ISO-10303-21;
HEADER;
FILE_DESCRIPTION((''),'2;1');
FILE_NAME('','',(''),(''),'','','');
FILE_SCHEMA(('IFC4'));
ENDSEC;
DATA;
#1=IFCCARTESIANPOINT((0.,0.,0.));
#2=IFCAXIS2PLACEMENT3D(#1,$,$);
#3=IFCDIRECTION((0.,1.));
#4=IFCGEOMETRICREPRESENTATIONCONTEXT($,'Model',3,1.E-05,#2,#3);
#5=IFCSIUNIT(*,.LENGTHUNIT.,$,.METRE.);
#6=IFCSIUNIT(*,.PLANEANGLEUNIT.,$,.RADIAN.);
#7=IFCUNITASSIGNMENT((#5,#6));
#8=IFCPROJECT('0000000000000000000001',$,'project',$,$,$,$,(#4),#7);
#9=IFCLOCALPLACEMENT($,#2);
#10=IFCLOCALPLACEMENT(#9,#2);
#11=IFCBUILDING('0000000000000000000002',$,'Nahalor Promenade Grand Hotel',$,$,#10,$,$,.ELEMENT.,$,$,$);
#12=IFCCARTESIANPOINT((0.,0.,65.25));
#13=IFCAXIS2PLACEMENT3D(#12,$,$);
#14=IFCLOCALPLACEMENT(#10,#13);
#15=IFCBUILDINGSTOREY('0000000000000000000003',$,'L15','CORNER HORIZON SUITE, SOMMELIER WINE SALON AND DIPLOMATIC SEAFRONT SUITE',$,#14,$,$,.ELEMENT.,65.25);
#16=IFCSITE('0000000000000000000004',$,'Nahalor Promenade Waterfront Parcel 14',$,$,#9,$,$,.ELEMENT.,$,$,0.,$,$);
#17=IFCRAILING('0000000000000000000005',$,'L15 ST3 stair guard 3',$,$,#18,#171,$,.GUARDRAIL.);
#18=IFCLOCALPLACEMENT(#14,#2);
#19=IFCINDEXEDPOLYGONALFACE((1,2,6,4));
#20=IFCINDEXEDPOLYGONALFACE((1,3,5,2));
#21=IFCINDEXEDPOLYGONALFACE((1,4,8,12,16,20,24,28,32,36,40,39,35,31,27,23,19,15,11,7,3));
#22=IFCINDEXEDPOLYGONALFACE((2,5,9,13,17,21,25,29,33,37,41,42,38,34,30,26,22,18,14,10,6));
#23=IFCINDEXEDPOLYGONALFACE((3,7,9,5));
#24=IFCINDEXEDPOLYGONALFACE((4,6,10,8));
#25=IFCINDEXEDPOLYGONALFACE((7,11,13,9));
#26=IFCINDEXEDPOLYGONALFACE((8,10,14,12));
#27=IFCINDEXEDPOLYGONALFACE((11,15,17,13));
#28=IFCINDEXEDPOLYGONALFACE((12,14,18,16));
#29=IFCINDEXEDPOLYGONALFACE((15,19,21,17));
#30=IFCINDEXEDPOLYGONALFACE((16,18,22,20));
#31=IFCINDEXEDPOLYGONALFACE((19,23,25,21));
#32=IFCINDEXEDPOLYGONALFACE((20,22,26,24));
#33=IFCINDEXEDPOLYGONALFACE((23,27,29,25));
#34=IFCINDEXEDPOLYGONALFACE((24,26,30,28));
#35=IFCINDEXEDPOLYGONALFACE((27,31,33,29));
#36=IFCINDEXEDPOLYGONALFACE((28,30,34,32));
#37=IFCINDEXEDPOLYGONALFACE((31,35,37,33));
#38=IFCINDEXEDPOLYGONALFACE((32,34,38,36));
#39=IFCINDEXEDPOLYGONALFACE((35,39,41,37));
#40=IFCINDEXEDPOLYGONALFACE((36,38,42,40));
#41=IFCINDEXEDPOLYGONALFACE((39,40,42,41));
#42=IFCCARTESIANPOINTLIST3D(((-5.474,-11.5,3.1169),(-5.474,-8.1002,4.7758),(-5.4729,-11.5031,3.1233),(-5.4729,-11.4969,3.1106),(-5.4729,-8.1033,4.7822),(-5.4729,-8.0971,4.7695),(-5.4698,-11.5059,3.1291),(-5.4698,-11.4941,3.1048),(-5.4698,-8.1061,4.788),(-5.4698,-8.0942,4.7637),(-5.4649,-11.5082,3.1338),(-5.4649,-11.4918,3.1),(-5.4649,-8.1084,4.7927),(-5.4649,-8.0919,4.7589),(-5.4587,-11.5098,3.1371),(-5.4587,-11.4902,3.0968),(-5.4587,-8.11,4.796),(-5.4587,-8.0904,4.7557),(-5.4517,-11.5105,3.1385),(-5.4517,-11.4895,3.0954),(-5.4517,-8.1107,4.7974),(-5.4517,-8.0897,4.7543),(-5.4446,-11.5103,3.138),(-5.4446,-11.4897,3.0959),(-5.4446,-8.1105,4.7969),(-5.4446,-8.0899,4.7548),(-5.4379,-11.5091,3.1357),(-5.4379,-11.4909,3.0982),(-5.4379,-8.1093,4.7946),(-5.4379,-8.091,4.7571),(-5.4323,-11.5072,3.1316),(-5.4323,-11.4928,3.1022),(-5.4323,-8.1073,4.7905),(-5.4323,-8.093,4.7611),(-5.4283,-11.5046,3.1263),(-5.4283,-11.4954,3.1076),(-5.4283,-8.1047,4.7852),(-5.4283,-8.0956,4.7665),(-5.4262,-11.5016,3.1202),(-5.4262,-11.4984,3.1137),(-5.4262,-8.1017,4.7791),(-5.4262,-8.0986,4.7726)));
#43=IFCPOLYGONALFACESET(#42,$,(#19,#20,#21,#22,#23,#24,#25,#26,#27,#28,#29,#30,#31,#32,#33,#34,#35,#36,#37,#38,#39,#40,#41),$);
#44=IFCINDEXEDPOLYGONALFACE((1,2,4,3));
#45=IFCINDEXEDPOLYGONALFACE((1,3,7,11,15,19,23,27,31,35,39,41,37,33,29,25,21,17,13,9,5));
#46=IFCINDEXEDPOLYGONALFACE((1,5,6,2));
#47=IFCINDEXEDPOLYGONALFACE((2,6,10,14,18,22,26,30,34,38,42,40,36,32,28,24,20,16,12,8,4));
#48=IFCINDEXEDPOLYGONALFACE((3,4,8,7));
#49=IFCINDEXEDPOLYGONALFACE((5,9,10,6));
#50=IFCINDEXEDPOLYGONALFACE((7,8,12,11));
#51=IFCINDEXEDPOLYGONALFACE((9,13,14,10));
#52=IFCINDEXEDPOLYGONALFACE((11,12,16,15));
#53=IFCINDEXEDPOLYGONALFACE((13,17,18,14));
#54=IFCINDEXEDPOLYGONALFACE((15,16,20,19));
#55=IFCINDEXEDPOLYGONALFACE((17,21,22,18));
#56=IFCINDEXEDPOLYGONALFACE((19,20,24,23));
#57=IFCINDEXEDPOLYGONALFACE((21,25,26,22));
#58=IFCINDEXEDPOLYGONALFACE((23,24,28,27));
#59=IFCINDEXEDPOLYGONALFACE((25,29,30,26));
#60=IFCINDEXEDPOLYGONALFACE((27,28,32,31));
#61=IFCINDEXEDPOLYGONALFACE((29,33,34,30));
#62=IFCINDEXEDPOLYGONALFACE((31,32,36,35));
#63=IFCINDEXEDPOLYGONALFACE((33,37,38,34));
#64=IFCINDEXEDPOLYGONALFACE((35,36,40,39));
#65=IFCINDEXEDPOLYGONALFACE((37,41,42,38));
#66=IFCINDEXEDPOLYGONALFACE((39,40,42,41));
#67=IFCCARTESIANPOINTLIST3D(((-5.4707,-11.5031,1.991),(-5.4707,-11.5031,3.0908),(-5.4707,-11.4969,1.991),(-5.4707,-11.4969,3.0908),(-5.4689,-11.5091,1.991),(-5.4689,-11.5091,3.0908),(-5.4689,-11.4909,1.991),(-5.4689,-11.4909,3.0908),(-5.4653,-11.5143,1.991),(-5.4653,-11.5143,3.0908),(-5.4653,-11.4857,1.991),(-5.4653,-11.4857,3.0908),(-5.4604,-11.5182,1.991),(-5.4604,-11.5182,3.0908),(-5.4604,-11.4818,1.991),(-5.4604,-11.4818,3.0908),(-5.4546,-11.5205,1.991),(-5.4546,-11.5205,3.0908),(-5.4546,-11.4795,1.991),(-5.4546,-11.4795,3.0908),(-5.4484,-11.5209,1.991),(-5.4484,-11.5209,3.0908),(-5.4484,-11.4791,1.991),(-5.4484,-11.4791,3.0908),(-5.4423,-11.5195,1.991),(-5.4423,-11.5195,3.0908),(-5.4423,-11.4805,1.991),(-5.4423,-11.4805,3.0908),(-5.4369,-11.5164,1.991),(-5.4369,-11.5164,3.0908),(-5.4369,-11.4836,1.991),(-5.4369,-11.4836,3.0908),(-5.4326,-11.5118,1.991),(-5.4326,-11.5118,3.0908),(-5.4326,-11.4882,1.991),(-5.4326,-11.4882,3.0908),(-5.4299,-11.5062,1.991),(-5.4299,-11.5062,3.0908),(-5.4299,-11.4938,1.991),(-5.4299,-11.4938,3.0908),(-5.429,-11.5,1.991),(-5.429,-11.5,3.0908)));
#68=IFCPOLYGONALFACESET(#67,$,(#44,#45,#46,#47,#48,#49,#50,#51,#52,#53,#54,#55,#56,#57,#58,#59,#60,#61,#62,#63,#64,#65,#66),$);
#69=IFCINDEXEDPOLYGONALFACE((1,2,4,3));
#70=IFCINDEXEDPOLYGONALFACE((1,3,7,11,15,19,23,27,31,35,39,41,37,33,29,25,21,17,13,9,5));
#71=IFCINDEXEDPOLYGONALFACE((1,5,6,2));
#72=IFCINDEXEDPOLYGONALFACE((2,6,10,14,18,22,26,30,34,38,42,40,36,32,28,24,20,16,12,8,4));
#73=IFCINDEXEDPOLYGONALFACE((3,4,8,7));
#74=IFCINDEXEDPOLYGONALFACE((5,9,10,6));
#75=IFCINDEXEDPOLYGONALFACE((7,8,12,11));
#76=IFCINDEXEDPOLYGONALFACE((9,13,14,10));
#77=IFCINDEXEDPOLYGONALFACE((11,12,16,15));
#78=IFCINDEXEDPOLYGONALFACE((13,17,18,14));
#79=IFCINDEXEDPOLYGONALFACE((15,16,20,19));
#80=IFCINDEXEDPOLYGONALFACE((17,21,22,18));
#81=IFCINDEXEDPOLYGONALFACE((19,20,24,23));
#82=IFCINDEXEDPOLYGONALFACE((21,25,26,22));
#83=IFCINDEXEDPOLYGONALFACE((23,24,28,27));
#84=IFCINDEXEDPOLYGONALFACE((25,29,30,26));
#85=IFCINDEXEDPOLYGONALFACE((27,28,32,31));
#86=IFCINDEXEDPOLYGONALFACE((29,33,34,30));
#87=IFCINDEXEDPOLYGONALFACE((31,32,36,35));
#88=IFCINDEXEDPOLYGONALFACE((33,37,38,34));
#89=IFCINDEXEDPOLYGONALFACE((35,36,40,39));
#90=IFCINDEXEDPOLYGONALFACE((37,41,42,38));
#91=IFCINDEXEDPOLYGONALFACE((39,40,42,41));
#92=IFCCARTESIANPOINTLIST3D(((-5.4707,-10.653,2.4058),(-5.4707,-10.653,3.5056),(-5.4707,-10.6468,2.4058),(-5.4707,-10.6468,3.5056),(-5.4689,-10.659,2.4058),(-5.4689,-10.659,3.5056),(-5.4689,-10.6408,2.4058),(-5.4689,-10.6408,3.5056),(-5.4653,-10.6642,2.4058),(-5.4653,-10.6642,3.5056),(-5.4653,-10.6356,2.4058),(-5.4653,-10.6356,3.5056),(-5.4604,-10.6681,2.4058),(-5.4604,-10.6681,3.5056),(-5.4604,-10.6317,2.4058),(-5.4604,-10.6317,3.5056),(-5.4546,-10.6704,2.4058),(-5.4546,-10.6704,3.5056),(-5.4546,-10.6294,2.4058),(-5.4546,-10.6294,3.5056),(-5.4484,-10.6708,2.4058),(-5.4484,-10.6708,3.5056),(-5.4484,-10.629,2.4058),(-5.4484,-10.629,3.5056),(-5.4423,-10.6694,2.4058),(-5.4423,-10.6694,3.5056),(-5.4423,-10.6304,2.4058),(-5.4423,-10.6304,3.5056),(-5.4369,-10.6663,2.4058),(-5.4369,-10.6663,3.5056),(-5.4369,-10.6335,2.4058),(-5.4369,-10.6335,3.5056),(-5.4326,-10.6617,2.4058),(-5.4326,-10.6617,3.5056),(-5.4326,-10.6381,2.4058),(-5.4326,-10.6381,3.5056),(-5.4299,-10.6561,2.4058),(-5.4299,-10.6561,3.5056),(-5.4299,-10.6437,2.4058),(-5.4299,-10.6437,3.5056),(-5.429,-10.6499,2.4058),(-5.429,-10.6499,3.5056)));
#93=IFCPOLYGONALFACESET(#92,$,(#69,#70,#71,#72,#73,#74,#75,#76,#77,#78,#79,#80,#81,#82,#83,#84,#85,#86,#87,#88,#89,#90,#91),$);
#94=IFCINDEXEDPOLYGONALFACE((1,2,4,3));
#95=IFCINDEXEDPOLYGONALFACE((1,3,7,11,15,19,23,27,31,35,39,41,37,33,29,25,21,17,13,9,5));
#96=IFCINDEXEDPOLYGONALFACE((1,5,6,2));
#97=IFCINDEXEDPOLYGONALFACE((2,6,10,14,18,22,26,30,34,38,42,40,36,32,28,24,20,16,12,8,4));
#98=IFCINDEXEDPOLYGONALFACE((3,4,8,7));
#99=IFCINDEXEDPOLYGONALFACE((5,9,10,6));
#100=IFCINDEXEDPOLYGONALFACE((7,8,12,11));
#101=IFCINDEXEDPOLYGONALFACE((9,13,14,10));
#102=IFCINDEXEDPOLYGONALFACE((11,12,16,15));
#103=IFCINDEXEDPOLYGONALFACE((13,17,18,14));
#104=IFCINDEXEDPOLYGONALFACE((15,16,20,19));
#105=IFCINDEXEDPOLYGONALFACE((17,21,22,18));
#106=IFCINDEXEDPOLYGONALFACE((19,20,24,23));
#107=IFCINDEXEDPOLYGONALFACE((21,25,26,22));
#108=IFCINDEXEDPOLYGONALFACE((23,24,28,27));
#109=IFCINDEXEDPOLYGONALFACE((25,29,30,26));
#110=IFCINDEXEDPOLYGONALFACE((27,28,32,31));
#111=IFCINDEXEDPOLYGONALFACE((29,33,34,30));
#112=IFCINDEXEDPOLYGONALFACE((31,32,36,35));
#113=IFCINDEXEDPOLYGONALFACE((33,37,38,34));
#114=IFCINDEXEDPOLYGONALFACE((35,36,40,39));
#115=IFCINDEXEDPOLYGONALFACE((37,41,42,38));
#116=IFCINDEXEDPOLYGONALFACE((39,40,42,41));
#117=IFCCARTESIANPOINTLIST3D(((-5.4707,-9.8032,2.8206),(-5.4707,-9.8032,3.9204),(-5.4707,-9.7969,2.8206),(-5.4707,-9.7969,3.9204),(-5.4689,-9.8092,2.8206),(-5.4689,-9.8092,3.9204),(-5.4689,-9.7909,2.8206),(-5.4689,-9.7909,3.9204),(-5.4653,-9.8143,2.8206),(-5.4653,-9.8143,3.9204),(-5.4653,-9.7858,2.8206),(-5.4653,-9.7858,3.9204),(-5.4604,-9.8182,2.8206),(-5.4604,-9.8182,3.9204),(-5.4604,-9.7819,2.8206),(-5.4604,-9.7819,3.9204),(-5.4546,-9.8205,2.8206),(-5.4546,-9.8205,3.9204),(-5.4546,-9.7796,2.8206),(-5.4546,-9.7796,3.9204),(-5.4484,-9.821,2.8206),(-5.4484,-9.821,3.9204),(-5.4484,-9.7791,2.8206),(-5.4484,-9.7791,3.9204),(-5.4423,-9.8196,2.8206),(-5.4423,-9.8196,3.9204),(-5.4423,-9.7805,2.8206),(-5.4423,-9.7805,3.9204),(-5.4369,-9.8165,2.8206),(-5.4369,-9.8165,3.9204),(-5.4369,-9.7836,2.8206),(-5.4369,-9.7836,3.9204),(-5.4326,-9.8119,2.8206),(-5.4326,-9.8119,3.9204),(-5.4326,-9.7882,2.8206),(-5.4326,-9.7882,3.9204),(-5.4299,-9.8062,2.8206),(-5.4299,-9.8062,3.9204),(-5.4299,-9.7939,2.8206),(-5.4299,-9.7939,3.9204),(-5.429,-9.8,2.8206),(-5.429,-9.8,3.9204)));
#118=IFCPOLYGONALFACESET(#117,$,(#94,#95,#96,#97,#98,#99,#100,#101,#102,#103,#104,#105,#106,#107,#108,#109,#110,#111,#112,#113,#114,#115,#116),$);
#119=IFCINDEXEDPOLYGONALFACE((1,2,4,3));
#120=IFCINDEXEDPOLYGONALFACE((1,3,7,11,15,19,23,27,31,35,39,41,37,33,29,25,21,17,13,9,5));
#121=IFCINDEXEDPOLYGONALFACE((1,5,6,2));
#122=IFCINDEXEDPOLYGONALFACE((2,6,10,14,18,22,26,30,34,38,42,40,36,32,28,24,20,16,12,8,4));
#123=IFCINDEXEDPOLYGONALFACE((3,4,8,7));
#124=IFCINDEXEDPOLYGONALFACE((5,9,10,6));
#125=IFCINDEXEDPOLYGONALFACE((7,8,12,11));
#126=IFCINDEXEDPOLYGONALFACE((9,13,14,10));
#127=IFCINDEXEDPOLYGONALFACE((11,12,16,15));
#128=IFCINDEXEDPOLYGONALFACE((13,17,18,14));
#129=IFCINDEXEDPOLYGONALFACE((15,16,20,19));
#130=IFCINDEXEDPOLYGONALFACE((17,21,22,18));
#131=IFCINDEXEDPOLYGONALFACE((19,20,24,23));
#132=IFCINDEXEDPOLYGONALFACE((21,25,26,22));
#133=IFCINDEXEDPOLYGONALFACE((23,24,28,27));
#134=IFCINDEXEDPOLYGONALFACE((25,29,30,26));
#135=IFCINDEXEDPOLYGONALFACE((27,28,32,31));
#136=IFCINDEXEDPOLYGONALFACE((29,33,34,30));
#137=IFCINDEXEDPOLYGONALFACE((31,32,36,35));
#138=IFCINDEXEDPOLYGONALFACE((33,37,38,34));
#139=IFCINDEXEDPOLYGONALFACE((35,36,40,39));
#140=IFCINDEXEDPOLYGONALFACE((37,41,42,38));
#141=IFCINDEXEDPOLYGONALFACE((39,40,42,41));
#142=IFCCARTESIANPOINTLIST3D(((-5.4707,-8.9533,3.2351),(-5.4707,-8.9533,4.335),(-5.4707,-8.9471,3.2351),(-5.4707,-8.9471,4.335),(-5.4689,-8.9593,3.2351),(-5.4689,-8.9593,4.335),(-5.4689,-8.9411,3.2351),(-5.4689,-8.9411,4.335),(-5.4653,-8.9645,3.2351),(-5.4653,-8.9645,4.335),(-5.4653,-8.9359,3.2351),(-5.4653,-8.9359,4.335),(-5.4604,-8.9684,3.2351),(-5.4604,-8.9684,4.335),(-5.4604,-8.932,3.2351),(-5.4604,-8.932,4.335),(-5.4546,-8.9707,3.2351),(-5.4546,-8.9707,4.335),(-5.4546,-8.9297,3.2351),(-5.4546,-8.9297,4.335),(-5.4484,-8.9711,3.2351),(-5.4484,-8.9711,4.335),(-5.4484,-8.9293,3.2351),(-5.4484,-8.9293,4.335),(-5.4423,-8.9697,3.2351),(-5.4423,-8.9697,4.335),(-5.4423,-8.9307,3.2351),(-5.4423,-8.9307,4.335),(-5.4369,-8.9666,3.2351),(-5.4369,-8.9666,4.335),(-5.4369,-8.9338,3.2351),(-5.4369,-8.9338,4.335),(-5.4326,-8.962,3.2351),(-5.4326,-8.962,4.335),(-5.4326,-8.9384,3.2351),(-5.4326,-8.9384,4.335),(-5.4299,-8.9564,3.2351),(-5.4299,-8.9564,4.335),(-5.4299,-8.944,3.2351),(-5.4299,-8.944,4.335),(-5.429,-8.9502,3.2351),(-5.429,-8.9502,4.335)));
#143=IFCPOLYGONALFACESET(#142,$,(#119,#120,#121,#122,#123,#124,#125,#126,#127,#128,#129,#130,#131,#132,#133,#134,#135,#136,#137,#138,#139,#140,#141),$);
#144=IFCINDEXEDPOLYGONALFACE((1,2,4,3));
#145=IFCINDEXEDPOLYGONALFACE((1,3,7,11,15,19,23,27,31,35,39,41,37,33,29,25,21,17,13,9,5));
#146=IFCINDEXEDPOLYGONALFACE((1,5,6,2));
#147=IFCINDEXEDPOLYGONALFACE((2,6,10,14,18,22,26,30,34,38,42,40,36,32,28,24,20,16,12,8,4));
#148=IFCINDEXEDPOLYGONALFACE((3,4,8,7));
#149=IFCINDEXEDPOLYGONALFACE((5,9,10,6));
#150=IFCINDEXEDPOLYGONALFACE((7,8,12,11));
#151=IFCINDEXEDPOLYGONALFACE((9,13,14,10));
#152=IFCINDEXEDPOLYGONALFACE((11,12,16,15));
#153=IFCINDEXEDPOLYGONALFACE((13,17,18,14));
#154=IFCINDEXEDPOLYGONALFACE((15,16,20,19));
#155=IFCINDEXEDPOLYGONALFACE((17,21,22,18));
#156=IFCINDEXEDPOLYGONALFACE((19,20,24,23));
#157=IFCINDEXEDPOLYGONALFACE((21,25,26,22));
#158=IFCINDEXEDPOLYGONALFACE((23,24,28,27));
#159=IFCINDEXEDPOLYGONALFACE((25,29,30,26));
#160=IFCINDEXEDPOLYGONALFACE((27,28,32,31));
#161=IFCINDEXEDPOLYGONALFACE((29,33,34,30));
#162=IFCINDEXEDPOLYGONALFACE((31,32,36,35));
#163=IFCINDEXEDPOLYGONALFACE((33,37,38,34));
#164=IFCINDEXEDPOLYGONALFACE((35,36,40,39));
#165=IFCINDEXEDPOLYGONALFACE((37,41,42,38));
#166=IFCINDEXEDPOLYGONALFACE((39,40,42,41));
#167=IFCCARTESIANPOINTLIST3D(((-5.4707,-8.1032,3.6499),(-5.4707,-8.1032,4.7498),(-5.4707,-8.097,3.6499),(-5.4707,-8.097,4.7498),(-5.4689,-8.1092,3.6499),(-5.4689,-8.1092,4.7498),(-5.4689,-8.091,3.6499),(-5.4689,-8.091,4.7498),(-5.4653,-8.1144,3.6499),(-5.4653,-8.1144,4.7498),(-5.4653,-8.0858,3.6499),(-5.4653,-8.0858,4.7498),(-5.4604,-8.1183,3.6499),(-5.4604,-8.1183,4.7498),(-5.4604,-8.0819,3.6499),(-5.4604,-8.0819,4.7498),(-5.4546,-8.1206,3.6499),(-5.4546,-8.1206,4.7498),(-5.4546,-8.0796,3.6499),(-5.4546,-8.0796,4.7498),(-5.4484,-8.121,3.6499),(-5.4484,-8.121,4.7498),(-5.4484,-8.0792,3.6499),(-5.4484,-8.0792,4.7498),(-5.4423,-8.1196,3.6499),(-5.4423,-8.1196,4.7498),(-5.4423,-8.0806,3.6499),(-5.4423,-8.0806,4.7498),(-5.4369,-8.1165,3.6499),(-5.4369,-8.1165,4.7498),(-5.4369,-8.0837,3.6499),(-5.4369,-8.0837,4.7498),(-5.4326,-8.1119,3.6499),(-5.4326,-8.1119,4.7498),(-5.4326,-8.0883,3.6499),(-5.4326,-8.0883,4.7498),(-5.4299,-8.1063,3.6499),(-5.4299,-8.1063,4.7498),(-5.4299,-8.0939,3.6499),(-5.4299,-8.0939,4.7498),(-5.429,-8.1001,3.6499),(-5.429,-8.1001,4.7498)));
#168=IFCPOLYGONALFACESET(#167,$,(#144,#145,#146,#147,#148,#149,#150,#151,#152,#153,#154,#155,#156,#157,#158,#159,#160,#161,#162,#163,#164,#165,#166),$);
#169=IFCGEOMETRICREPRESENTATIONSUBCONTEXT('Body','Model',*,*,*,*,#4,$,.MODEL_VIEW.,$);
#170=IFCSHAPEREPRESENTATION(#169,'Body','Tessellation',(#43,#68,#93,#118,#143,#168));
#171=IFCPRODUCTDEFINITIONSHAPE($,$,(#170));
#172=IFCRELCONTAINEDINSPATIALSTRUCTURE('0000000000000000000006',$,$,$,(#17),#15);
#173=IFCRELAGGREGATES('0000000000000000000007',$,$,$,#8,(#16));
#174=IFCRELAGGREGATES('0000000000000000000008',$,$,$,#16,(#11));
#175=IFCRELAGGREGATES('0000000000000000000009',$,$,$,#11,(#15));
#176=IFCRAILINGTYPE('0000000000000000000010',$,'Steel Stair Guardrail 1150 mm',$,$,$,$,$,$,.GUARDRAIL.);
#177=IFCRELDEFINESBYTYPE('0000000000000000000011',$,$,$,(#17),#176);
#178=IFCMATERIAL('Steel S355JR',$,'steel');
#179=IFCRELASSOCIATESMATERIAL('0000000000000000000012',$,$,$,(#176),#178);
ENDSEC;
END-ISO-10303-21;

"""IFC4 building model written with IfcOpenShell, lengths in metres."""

from ifc_helpers import new_model, si_unit, direction, frame, origin, origin_2d, place, context, subcontext, project, spatial, circle, extrude, material, type_object, element, save


model = new_model("IFC4")

# Units and contexts
model_context = context("Model", 3, precision=1e-05, world=origin(), true_north=direction((0.0, 1.0)))
body_context = subcontext(model_context, "Body", "Model", "MODEL_VIEW")
ifc_project = project(units=[si_unit("LENGTHUNIT", "METRE"), si_unit("PLANEANGLEUNIT", "RADIAN")], contexts=[model_context])

# Site, building, storey
site_placement = place(None, origin())
site = spatial("IfcSite", under=ifc_project, at=site_placement, Name="Nahalor Promenade Waterfront Parcel 14", CompositionType="ELEMENT", RefElevation=0.0)
building_placement = place(site_placement, origin())
building = spatial("IfcBuilding", under=site, at=building_placement, Name="Nahalor Promenade Grand Hotel", CompositionType="ELEMENT")
storey_placement = place(building_placement, frame((0.0, 0.0, 65.25)))
storey = spatial("IfcBuildingStorey", under=building, at=storey_placement, Name="L15", Description="CORNER HORIZON SUITE, SOMMELIER WINE SALON AND DIPLOMATIC SEAFRONT SUITE", CompositionType="ELEMENT", Elevation=65.25)

# Shared definitions
ifc_material_1 = material(Name="Steel S355JR", Category="steel")

# Railing
railing_type_1 = type_object("IfcRailingType", Name="Steel Stair Guardrail 1150 mm", PredefinedType="GUARDRAIL", material=ifc_material_1)
railing_1_placement = place(storey_placement, frame((-5.45, -11.5, 1.991)))
element("IfcRailing", 1, at=railing_1_placement, inside=storey, type_object=railing_type_1, Name="L15 ST3 stair guard 3", PredefinedType="GUARDRAIL", context=body_context, shape_type="SweptSolid", body=[
    extrude(circle(Radius=0.024, at=origin_2d()), frame((0.0, 0.0, 1.126), z_axis=(0.0, 0.898722, 0.438519), x_axis=(-1.0, 0.0, 0.0)), (0.0, 0.0, 1.0), 3.783),
    extrude(circle(Radius=0.021, at=origin_2d()), origin(), (0.0, 0.0, 1.0), 1.0999),
    extrude(circle(Radius=0.021, at=origin_2d()), frame((0.0, 0.8501, 0.4148)), (0.0, 0.0, 1.0), 1.0999),
    extrude(circle(Radius=0.021, at=origin_2d()), frame((0.0, 1.7, 0.8296)), (0.0, 0.0, 1.0), 1.0999),
    extrude(circle(Radius=0.021, at=origin_2d()), frame((0.0, 2.5498, 1.2441)), (0.0, 0.0, 1.0), 1.0999),
    extrude(circle(Radius=0.021, at=origin_2d()), frame((0.0, 3.3999, 1.6589)), (0.0, 0.0, 1.0), 1.0999),
])

save(model, "model.ifc")
